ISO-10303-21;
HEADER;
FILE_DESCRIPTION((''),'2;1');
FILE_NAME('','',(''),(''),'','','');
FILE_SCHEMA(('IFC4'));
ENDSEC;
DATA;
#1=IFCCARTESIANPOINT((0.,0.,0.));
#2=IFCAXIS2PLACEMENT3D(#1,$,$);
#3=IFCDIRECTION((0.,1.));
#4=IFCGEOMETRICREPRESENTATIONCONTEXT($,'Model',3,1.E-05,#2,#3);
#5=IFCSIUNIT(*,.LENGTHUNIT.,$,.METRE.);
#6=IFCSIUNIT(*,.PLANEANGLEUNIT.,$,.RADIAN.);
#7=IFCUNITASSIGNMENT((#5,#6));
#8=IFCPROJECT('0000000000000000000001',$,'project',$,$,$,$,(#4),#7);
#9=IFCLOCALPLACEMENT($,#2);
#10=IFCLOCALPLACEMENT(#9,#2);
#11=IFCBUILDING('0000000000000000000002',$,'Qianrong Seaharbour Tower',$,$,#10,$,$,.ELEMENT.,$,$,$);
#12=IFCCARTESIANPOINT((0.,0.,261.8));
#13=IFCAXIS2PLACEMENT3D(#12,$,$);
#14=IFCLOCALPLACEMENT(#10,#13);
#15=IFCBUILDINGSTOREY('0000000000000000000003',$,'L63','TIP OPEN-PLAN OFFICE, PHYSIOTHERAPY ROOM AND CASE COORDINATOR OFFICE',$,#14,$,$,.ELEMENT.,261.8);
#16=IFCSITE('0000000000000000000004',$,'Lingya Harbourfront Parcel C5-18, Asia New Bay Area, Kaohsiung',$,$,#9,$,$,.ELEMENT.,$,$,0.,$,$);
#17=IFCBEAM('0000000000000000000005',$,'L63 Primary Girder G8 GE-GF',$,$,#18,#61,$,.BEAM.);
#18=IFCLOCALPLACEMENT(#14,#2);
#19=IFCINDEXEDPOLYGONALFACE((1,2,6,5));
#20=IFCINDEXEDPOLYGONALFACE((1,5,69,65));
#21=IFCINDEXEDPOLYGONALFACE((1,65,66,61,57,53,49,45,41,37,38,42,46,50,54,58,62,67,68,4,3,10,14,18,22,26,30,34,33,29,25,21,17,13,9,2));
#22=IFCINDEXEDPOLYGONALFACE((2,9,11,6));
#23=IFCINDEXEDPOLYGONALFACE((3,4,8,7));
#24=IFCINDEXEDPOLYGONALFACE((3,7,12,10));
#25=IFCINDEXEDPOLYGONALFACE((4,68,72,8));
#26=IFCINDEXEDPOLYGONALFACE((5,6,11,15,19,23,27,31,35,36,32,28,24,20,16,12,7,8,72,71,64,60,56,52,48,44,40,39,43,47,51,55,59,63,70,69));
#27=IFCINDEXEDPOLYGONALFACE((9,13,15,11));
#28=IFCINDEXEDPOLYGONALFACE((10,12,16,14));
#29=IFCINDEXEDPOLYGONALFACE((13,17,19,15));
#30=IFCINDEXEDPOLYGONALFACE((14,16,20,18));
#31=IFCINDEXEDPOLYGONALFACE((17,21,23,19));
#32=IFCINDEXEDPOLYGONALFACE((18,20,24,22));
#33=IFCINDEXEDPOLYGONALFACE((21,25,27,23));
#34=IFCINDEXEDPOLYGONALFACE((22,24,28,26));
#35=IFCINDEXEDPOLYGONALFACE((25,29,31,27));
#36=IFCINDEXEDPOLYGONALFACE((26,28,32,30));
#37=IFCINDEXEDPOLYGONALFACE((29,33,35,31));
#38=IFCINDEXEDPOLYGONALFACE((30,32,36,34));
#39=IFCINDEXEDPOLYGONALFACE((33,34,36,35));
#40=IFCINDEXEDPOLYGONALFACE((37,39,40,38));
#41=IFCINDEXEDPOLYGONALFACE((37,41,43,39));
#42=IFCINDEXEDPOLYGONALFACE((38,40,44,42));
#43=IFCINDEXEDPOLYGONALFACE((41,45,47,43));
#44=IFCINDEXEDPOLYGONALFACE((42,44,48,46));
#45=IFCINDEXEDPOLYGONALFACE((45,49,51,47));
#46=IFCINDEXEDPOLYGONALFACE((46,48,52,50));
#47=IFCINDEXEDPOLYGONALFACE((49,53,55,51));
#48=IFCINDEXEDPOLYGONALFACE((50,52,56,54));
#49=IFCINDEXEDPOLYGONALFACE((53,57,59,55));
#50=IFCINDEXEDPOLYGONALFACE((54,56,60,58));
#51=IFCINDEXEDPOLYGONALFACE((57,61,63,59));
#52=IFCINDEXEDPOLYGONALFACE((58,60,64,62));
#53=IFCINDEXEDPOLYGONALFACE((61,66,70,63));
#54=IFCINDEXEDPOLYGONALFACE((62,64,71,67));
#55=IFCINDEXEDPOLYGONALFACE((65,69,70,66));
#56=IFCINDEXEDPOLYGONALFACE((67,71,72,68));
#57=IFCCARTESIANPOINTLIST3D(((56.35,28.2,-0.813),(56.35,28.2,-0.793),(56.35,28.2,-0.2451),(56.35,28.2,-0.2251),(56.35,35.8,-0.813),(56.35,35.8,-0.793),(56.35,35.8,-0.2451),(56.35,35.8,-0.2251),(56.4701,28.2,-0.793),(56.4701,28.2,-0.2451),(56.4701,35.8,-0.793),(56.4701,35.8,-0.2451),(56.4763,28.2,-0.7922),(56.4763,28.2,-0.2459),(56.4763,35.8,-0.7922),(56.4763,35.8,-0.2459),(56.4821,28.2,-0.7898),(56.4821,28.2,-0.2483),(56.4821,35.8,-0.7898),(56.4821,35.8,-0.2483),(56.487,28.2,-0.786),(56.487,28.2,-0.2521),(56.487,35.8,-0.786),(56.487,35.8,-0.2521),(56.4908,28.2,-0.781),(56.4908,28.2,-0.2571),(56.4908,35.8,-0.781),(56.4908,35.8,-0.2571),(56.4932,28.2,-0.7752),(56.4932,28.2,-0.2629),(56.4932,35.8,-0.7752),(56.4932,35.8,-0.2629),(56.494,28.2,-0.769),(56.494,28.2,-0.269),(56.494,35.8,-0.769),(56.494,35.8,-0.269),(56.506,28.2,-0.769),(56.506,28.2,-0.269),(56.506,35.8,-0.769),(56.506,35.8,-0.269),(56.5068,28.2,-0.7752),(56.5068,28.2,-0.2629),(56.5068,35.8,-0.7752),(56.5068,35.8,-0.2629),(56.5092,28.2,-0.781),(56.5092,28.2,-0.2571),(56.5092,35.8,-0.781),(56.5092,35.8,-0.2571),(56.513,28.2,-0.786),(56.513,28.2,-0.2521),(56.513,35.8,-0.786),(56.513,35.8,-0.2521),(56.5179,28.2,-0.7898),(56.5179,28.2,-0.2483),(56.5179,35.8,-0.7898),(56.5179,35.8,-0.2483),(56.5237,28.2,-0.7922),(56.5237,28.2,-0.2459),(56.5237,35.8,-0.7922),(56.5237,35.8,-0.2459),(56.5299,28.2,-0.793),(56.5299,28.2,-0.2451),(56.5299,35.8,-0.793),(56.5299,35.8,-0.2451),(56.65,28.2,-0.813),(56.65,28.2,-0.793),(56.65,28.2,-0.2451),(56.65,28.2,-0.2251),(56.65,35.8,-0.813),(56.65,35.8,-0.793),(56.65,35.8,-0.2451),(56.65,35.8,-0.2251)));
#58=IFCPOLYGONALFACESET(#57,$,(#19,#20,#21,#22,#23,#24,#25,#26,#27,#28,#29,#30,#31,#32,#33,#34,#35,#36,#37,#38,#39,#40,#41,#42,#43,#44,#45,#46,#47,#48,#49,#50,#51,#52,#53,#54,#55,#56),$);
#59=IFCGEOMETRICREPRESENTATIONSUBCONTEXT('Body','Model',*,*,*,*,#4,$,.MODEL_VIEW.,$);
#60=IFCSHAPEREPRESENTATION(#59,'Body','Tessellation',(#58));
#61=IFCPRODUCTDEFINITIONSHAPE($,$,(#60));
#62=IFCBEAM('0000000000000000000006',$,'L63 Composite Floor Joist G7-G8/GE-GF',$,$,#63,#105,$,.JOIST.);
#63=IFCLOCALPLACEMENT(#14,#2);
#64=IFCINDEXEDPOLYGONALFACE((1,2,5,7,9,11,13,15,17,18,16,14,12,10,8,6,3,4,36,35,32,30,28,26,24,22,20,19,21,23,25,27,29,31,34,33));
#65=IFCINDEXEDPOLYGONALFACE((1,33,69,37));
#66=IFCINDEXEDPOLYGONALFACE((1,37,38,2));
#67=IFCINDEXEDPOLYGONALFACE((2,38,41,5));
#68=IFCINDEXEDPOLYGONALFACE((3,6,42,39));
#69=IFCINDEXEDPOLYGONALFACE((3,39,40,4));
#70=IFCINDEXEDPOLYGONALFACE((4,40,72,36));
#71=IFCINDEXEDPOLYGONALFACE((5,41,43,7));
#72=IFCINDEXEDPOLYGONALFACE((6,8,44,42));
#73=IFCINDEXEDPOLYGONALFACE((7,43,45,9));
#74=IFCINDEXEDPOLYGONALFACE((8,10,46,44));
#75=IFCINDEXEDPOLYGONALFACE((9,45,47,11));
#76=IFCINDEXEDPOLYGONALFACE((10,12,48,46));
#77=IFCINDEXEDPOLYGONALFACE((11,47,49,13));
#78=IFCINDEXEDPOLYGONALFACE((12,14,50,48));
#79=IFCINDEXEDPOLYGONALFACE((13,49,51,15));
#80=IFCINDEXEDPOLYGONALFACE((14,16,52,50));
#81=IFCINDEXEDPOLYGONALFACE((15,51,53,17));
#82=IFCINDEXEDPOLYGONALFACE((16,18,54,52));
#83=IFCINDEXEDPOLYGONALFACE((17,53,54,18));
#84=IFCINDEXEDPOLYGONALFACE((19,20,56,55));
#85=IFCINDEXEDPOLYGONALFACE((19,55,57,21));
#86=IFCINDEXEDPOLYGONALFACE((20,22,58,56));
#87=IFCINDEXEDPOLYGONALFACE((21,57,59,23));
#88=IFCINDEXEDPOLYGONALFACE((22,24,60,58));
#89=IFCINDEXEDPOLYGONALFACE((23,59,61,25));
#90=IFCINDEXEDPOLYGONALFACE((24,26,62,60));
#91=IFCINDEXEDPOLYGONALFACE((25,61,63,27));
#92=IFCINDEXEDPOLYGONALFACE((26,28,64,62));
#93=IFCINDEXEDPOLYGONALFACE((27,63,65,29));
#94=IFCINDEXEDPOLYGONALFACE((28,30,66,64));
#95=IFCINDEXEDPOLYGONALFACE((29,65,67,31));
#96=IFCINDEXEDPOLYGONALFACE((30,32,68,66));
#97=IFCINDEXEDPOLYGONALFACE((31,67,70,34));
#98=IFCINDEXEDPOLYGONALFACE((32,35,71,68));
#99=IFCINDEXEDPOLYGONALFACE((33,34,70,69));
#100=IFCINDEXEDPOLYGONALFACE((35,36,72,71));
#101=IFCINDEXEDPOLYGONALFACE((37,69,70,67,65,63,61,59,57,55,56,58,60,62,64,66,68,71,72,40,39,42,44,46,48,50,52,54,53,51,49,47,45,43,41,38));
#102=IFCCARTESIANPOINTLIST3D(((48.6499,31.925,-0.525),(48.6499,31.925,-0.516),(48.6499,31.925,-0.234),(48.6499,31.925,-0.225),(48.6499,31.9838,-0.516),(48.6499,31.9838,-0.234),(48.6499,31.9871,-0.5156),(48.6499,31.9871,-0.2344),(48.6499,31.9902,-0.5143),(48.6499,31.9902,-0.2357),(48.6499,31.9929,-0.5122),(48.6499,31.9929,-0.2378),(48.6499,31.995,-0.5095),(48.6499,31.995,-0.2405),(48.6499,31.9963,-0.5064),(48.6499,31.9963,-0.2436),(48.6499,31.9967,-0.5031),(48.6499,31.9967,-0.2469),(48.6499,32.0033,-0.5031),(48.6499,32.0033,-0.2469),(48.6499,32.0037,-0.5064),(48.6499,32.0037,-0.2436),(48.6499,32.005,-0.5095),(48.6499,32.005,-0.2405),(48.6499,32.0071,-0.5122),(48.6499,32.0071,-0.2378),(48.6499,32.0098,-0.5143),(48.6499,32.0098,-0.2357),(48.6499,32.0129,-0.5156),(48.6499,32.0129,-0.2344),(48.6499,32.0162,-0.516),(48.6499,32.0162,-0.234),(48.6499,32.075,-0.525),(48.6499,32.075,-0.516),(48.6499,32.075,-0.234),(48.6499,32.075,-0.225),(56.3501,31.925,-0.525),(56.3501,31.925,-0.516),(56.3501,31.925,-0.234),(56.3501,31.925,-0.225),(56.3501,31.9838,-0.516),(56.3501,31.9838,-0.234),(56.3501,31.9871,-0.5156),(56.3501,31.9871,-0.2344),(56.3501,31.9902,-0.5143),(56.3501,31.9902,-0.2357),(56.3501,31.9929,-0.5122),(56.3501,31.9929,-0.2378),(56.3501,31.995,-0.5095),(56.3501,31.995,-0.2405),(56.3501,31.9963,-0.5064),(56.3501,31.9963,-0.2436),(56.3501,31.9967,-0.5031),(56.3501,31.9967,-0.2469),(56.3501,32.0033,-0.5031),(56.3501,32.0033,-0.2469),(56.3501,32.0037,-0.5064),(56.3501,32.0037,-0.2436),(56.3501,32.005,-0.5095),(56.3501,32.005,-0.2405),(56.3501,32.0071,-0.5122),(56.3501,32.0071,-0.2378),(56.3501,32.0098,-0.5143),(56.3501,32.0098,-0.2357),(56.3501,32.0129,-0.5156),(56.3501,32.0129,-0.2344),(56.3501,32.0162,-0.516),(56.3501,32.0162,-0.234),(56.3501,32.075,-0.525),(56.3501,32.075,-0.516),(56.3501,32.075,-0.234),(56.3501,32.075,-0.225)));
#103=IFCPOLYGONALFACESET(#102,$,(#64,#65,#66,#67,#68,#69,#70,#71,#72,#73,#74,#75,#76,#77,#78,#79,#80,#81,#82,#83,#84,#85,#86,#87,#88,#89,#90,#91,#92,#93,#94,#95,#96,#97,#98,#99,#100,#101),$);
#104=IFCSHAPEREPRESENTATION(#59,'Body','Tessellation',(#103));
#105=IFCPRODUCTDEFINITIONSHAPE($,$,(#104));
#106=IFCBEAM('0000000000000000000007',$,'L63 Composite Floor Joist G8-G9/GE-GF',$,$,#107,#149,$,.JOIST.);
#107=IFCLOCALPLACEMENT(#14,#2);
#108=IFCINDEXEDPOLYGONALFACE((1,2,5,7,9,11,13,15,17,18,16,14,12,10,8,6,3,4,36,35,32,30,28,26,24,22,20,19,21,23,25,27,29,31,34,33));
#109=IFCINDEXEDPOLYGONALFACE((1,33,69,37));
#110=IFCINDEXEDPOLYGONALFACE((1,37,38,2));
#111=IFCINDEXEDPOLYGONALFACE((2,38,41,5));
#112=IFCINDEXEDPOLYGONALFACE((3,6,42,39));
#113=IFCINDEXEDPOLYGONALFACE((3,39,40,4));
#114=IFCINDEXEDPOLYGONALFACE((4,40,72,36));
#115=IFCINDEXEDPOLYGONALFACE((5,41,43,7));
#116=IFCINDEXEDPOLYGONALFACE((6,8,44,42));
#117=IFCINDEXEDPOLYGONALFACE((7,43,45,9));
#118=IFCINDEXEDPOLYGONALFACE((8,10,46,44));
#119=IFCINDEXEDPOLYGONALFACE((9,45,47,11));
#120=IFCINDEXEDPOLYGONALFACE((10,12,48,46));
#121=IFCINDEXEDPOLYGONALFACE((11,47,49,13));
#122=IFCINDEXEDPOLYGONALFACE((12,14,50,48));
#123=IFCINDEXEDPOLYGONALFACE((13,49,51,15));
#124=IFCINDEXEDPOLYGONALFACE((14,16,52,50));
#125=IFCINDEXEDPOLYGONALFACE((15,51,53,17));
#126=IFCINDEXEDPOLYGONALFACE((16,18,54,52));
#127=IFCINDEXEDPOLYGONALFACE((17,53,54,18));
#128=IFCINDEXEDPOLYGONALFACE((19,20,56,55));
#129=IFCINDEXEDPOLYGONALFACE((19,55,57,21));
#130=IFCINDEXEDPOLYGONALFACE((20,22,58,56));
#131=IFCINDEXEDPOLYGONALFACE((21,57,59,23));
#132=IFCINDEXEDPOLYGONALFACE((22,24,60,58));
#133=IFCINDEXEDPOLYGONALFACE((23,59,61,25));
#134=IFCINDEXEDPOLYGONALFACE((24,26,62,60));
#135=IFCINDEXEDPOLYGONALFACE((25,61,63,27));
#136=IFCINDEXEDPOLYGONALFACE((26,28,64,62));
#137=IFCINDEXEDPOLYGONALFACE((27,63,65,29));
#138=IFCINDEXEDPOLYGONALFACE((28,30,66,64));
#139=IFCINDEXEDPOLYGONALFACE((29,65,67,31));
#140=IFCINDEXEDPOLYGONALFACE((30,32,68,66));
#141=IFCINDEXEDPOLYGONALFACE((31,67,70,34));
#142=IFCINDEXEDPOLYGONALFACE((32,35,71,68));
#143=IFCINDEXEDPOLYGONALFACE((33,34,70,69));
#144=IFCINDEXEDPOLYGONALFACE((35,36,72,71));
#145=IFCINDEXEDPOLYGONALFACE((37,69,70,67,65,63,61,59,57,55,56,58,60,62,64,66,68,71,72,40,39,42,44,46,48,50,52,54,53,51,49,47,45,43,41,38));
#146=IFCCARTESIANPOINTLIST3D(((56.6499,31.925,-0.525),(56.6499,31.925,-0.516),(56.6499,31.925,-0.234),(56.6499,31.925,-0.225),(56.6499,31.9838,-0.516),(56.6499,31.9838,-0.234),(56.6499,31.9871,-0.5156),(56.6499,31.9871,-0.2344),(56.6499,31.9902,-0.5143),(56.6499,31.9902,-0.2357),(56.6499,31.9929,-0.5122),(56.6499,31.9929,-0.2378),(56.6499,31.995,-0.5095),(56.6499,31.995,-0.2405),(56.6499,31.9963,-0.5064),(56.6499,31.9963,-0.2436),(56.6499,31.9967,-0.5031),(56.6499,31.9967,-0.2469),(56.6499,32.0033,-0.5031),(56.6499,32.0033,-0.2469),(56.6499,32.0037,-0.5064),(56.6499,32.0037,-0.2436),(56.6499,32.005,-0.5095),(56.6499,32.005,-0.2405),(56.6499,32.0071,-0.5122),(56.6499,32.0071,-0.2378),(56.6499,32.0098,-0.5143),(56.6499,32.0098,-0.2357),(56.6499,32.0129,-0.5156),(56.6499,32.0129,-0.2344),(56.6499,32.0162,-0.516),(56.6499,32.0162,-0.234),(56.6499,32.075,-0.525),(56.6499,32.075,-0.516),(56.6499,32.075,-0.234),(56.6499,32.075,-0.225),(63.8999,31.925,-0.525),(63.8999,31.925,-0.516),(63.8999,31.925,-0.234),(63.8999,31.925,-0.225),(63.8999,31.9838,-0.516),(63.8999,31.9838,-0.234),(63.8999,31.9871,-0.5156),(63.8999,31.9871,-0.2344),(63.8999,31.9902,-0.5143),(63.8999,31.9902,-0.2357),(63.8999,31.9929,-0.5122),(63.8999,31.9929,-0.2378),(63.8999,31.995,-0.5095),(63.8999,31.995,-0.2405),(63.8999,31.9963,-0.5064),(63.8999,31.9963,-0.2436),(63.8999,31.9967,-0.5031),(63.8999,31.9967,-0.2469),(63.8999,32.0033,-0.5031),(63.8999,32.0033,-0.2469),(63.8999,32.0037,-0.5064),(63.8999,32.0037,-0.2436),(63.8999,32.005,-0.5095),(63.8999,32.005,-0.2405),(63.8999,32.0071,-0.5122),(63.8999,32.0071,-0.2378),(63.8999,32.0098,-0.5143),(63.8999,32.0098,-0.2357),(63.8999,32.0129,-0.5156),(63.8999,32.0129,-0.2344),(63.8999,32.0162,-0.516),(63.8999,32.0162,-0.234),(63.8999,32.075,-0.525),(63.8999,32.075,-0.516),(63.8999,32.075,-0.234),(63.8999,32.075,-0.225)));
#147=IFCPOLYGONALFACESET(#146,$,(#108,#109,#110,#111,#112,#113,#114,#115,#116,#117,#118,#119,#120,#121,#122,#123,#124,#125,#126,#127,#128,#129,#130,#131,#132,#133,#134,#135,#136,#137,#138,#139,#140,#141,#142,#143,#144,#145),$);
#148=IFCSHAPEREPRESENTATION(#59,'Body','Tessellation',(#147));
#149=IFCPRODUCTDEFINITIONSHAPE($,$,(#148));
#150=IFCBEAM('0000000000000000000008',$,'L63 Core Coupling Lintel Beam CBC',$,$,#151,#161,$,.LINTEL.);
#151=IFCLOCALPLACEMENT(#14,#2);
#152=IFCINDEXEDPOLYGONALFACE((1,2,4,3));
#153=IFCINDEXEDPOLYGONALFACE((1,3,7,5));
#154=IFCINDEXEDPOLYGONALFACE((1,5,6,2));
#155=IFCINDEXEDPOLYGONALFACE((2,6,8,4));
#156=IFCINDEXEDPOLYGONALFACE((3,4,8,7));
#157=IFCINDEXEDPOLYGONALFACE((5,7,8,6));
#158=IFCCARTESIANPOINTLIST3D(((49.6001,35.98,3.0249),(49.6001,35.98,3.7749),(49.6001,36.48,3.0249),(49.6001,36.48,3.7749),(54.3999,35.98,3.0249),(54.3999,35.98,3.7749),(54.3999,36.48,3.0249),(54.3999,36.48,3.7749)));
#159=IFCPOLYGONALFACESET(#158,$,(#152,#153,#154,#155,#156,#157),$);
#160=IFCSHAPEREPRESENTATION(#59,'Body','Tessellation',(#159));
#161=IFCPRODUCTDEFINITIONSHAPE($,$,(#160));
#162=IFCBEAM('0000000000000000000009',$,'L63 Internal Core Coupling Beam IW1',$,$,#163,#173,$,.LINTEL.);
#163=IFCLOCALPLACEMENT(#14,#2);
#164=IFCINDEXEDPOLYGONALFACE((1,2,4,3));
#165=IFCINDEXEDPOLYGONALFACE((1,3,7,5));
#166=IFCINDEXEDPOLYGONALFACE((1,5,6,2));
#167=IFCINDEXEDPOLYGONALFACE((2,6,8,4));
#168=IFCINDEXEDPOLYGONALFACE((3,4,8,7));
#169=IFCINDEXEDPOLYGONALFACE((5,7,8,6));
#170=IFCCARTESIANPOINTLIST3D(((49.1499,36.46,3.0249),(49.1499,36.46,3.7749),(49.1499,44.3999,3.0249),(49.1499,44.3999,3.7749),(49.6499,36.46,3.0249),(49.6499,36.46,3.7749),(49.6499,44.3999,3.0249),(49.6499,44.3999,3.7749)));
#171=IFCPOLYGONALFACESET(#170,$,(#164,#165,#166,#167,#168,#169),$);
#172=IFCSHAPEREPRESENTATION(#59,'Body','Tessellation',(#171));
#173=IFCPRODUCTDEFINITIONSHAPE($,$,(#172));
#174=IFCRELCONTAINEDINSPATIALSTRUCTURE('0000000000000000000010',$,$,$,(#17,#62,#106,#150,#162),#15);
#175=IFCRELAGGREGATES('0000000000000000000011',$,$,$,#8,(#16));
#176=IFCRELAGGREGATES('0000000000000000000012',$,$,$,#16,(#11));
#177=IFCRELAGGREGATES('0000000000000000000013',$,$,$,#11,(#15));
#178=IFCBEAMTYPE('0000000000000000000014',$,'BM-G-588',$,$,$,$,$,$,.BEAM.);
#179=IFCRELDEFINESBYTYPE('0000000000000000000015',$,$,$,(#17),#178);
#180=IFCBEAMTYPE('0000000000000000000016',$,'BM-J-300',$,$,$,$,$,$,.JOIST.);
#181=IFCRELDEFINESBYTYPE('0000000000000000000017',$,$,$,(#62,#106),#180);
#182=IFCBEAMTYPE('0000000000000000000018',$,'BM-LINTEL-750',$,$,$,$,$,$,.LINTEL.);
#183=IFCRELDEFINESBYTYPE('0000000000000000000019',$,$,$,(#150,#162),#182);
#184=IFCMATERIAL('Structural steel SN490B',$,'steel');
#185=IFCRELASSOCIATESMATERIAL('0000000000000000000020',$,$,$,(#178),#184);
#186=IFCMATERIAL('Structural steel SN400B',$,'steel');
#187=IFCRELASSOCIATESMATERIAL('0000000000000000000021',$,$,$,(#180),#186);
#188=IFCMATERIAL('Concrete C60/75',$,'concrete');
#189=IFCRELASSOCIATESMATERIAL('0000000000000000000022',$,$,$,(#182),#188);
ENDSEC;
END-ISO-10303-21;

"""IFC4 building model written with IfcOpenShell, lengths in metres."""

from ifc_helpers import new_model, si_unit, direction, frame, origin, origin_2d, place, context, subcontext, project, spatial, rectangle, i_section, extrude, material, material_profile, profile_set, type_object, element, save


model = new_model("IFC4")

# Units and contexts
model_context = context("Model", 3, precision=1e-05, world=origin(), true_north=direction((0.0, 1.0)))
body_context = subcontext(model_context, "Body", "Model", "MODEL_VIEW")
ifc_project = project(units=[si_unit("LENGTHUNIT", "METRE"), si_unit("PLANEANGLEUNIT", "RADIAN")], contexts=[model_context])

# Site, building, storey
site_placement = place(None, origin())
site = spatial("IfcSite", under=ifc_project, at=site_placement, Name="Lingya Harbourfront Parcel C5-18, Asia New Bay Area, Kaohsiung", CompositionType="ELEMENT", RefElevation=0.0)
building_placement = place(site_placement, origin())
building = spatial("IfcBuilding", under=site, at=building_placement, Name="Qianrong Seaharbour Tower", CompositionType="ELEMENT")
storey_placement = place(building_placement, frame((0.0, 0.0, 261.8)))
storey = spatial("IfcBuildingStorey", under=building, at=storey_placement, Name="L63", Description="TIP OPEN-PLAN OFFICE, PHYSIOTHERAPY ROOM AND CASE COORDINATOR OFFICE", CompositionType="ELEMENT", Elevation=261.8)

# Shared definitions
ifc_material_1 = material(Name="Structural steel SN490B", Category="steel")

# Beams
ifc_material_profile_1 = material_profile(ifc_material_1, i_section(OverallWidth=0.3, OverallDepth=0.5879, WebThickness=0.012, FlangeThickness=0.02, FilletRadius=0.0239, at=origin_2d()), Name="H588x300x12x20")
ifc_profile_set_1 = profile_set([ifc_material_profile_1], Name="Structural steel SN490B")
beam_type_1 = type_object("IfcBeamType", Name="BM-G-588", PredefinedType="BEAM", material=ifc_profile_set_1)
for number, where, z_axis, x_axis, name in (
    (1, (56.5, 28.2, -0.519), (0.0, 1.0, 0.0), (-1.0, 0.0, 0.0), "L63 Primary Girder G8 GE-GF"),
):
    element("IfcBeam", number, at=place(storey_placement, frame(where, z_axis=z_axis, x_axis=x_axis)), inside=storey, type_object=beam_type_1, Name=name, PredefinedType="BEAM", context=body_context, shape_type="SweptSolid", body=[
        extrude(i_section(OverallWidth=0.3, OverallDepth=0.5879, WebThickness=0.012, FlangeThickness=0.02, FilletRadius=0.0239, at=origin_2d()), origin(), (0.0, 0.0, 1.0), 7.6001),
    ])
ifc_material_2 = material(Name="Structural steel SN400B", Category="steel")
ifc_material_profile_2 = material_profile(ifc_material_2, i_section(OverallWidth=0.1499, OverallDepth=0.3, WebThickness=0.0066, FlangeThickness=0.009, FilletRadius=0.0129, at=origin_2d()), Name="H300x150x6.5x9")
ifc_profile_set_2 = profile_set([ifc_material_profile_2], Name="Structural steel SN400B")
beam_type_2 = type_object("IfcBeamType", Name="BM-J-300", PredefinedType="JOIST", material=ifc_profile_set_2)
beam_1_placement = place(storey_placement, frame((48.6499, 32.0, -0.375), z_axis=(1.0, 0.0, 0.0), x_axis=(0.0, 1.0, 0.0)))
element("IfcBeam", 2, at=beam_1_placement, inside=storey, type_object=beam_type_2, Name="L63 Composite Floor Joist G7-G8/GE-GF", PredefinedType="JOIST", context=body_context, shape_type="SweptSolid", body=[
    extrude(i_section(OverallWidth=0.1499, OverallDepth=0.3, WebThickness=0.0066, FlangeThickness=0.009, FilletRadius=0.0129, at=origin_2d()), origin(), (0.0, 0.0, 1.0), 7.7002),
])
beam_2_placement = place(storey_placement, frame((56.6499, 32.0, -0.375), z_axis=(1.0, 0.0, 0.0), x_axis=(0.0, 1.0, 0.0)))
element("IfcBeam", 3, at=beam_2_placement, inside=storey, type_object=beam_type_2, Name="L63 Composite Floor Joist G8-G9/GE-GF", PredefinedType="JOIST", context=body_context, shape_type="SweptSolid", body=[
    extrude(i_section(OverallWidth=0.1499, OverallDepth=0.3, WebThickness=0.0066, FlangeThickness=0.009, FilletRadius=0.0129, at=origin_2d()), origin(), (0.0, 0.0, 1.0), 7.25),
])
ifc_material_3 = material(Name="Concrete C60/75", Category="concrete")
ifc_material_profile_3 = material_profile(ifc_material_3, rectangle(XDim=0.5, YDim=0.75, at=origin_2d()), Name="RC500x750")
ifc_profile_set_3 = profile_set([ifc_material_profile_3], Name="Concrete C60/75")
beam_type_3 = type_object("IfcBeamType", Name="BM-LINTEL-750", PredefinedType="LINTEL", material=ifc_profile_set_3)
beam_3_placement = place(storey_placement, frame((49.6001, 36.23, 3.3999), z_axis=(1.0, 0.0, 0.0), x_axis=(0.0, 1.0, 0.0)))
element("IfcBeam", 4, at=beam_3_placement, inside=storey, type_object=beam_type_3, Name="L63 Core Coupling Lintel Beam CBC", PredefinedType="LINTEL", context=body_context, shape_type="SweptSolid", body=[
    extrude(rectangle(XDim=0.5, YDim=0.75, at=origin_2d()), origin(), (0.0, 0.0, 1.0), 4.7998),
])
beam_4_placement = place(storey_placement, frame((49.3999, 36.46, 3.3999), z_axis=(0.0, 1.0, 0.0), x_axis=(-1.0, 0.0, 0.0)))
element("IfcBeam", 5, at=beam_4_placement, inside=storey, type_object=beam_type_3, Name="L63 Internal Core Coupling Beam IW1", PredefinedType="LINTEL", context=body_context, shape_type="SweptSolid", body=[
    extrude(rectangle(XDim=0.5, YDim=0.75, at=origin_2d()), origin(), (0.0, 0.0, 1.0), 7.9399),
])

save(model, "model.ifc")
